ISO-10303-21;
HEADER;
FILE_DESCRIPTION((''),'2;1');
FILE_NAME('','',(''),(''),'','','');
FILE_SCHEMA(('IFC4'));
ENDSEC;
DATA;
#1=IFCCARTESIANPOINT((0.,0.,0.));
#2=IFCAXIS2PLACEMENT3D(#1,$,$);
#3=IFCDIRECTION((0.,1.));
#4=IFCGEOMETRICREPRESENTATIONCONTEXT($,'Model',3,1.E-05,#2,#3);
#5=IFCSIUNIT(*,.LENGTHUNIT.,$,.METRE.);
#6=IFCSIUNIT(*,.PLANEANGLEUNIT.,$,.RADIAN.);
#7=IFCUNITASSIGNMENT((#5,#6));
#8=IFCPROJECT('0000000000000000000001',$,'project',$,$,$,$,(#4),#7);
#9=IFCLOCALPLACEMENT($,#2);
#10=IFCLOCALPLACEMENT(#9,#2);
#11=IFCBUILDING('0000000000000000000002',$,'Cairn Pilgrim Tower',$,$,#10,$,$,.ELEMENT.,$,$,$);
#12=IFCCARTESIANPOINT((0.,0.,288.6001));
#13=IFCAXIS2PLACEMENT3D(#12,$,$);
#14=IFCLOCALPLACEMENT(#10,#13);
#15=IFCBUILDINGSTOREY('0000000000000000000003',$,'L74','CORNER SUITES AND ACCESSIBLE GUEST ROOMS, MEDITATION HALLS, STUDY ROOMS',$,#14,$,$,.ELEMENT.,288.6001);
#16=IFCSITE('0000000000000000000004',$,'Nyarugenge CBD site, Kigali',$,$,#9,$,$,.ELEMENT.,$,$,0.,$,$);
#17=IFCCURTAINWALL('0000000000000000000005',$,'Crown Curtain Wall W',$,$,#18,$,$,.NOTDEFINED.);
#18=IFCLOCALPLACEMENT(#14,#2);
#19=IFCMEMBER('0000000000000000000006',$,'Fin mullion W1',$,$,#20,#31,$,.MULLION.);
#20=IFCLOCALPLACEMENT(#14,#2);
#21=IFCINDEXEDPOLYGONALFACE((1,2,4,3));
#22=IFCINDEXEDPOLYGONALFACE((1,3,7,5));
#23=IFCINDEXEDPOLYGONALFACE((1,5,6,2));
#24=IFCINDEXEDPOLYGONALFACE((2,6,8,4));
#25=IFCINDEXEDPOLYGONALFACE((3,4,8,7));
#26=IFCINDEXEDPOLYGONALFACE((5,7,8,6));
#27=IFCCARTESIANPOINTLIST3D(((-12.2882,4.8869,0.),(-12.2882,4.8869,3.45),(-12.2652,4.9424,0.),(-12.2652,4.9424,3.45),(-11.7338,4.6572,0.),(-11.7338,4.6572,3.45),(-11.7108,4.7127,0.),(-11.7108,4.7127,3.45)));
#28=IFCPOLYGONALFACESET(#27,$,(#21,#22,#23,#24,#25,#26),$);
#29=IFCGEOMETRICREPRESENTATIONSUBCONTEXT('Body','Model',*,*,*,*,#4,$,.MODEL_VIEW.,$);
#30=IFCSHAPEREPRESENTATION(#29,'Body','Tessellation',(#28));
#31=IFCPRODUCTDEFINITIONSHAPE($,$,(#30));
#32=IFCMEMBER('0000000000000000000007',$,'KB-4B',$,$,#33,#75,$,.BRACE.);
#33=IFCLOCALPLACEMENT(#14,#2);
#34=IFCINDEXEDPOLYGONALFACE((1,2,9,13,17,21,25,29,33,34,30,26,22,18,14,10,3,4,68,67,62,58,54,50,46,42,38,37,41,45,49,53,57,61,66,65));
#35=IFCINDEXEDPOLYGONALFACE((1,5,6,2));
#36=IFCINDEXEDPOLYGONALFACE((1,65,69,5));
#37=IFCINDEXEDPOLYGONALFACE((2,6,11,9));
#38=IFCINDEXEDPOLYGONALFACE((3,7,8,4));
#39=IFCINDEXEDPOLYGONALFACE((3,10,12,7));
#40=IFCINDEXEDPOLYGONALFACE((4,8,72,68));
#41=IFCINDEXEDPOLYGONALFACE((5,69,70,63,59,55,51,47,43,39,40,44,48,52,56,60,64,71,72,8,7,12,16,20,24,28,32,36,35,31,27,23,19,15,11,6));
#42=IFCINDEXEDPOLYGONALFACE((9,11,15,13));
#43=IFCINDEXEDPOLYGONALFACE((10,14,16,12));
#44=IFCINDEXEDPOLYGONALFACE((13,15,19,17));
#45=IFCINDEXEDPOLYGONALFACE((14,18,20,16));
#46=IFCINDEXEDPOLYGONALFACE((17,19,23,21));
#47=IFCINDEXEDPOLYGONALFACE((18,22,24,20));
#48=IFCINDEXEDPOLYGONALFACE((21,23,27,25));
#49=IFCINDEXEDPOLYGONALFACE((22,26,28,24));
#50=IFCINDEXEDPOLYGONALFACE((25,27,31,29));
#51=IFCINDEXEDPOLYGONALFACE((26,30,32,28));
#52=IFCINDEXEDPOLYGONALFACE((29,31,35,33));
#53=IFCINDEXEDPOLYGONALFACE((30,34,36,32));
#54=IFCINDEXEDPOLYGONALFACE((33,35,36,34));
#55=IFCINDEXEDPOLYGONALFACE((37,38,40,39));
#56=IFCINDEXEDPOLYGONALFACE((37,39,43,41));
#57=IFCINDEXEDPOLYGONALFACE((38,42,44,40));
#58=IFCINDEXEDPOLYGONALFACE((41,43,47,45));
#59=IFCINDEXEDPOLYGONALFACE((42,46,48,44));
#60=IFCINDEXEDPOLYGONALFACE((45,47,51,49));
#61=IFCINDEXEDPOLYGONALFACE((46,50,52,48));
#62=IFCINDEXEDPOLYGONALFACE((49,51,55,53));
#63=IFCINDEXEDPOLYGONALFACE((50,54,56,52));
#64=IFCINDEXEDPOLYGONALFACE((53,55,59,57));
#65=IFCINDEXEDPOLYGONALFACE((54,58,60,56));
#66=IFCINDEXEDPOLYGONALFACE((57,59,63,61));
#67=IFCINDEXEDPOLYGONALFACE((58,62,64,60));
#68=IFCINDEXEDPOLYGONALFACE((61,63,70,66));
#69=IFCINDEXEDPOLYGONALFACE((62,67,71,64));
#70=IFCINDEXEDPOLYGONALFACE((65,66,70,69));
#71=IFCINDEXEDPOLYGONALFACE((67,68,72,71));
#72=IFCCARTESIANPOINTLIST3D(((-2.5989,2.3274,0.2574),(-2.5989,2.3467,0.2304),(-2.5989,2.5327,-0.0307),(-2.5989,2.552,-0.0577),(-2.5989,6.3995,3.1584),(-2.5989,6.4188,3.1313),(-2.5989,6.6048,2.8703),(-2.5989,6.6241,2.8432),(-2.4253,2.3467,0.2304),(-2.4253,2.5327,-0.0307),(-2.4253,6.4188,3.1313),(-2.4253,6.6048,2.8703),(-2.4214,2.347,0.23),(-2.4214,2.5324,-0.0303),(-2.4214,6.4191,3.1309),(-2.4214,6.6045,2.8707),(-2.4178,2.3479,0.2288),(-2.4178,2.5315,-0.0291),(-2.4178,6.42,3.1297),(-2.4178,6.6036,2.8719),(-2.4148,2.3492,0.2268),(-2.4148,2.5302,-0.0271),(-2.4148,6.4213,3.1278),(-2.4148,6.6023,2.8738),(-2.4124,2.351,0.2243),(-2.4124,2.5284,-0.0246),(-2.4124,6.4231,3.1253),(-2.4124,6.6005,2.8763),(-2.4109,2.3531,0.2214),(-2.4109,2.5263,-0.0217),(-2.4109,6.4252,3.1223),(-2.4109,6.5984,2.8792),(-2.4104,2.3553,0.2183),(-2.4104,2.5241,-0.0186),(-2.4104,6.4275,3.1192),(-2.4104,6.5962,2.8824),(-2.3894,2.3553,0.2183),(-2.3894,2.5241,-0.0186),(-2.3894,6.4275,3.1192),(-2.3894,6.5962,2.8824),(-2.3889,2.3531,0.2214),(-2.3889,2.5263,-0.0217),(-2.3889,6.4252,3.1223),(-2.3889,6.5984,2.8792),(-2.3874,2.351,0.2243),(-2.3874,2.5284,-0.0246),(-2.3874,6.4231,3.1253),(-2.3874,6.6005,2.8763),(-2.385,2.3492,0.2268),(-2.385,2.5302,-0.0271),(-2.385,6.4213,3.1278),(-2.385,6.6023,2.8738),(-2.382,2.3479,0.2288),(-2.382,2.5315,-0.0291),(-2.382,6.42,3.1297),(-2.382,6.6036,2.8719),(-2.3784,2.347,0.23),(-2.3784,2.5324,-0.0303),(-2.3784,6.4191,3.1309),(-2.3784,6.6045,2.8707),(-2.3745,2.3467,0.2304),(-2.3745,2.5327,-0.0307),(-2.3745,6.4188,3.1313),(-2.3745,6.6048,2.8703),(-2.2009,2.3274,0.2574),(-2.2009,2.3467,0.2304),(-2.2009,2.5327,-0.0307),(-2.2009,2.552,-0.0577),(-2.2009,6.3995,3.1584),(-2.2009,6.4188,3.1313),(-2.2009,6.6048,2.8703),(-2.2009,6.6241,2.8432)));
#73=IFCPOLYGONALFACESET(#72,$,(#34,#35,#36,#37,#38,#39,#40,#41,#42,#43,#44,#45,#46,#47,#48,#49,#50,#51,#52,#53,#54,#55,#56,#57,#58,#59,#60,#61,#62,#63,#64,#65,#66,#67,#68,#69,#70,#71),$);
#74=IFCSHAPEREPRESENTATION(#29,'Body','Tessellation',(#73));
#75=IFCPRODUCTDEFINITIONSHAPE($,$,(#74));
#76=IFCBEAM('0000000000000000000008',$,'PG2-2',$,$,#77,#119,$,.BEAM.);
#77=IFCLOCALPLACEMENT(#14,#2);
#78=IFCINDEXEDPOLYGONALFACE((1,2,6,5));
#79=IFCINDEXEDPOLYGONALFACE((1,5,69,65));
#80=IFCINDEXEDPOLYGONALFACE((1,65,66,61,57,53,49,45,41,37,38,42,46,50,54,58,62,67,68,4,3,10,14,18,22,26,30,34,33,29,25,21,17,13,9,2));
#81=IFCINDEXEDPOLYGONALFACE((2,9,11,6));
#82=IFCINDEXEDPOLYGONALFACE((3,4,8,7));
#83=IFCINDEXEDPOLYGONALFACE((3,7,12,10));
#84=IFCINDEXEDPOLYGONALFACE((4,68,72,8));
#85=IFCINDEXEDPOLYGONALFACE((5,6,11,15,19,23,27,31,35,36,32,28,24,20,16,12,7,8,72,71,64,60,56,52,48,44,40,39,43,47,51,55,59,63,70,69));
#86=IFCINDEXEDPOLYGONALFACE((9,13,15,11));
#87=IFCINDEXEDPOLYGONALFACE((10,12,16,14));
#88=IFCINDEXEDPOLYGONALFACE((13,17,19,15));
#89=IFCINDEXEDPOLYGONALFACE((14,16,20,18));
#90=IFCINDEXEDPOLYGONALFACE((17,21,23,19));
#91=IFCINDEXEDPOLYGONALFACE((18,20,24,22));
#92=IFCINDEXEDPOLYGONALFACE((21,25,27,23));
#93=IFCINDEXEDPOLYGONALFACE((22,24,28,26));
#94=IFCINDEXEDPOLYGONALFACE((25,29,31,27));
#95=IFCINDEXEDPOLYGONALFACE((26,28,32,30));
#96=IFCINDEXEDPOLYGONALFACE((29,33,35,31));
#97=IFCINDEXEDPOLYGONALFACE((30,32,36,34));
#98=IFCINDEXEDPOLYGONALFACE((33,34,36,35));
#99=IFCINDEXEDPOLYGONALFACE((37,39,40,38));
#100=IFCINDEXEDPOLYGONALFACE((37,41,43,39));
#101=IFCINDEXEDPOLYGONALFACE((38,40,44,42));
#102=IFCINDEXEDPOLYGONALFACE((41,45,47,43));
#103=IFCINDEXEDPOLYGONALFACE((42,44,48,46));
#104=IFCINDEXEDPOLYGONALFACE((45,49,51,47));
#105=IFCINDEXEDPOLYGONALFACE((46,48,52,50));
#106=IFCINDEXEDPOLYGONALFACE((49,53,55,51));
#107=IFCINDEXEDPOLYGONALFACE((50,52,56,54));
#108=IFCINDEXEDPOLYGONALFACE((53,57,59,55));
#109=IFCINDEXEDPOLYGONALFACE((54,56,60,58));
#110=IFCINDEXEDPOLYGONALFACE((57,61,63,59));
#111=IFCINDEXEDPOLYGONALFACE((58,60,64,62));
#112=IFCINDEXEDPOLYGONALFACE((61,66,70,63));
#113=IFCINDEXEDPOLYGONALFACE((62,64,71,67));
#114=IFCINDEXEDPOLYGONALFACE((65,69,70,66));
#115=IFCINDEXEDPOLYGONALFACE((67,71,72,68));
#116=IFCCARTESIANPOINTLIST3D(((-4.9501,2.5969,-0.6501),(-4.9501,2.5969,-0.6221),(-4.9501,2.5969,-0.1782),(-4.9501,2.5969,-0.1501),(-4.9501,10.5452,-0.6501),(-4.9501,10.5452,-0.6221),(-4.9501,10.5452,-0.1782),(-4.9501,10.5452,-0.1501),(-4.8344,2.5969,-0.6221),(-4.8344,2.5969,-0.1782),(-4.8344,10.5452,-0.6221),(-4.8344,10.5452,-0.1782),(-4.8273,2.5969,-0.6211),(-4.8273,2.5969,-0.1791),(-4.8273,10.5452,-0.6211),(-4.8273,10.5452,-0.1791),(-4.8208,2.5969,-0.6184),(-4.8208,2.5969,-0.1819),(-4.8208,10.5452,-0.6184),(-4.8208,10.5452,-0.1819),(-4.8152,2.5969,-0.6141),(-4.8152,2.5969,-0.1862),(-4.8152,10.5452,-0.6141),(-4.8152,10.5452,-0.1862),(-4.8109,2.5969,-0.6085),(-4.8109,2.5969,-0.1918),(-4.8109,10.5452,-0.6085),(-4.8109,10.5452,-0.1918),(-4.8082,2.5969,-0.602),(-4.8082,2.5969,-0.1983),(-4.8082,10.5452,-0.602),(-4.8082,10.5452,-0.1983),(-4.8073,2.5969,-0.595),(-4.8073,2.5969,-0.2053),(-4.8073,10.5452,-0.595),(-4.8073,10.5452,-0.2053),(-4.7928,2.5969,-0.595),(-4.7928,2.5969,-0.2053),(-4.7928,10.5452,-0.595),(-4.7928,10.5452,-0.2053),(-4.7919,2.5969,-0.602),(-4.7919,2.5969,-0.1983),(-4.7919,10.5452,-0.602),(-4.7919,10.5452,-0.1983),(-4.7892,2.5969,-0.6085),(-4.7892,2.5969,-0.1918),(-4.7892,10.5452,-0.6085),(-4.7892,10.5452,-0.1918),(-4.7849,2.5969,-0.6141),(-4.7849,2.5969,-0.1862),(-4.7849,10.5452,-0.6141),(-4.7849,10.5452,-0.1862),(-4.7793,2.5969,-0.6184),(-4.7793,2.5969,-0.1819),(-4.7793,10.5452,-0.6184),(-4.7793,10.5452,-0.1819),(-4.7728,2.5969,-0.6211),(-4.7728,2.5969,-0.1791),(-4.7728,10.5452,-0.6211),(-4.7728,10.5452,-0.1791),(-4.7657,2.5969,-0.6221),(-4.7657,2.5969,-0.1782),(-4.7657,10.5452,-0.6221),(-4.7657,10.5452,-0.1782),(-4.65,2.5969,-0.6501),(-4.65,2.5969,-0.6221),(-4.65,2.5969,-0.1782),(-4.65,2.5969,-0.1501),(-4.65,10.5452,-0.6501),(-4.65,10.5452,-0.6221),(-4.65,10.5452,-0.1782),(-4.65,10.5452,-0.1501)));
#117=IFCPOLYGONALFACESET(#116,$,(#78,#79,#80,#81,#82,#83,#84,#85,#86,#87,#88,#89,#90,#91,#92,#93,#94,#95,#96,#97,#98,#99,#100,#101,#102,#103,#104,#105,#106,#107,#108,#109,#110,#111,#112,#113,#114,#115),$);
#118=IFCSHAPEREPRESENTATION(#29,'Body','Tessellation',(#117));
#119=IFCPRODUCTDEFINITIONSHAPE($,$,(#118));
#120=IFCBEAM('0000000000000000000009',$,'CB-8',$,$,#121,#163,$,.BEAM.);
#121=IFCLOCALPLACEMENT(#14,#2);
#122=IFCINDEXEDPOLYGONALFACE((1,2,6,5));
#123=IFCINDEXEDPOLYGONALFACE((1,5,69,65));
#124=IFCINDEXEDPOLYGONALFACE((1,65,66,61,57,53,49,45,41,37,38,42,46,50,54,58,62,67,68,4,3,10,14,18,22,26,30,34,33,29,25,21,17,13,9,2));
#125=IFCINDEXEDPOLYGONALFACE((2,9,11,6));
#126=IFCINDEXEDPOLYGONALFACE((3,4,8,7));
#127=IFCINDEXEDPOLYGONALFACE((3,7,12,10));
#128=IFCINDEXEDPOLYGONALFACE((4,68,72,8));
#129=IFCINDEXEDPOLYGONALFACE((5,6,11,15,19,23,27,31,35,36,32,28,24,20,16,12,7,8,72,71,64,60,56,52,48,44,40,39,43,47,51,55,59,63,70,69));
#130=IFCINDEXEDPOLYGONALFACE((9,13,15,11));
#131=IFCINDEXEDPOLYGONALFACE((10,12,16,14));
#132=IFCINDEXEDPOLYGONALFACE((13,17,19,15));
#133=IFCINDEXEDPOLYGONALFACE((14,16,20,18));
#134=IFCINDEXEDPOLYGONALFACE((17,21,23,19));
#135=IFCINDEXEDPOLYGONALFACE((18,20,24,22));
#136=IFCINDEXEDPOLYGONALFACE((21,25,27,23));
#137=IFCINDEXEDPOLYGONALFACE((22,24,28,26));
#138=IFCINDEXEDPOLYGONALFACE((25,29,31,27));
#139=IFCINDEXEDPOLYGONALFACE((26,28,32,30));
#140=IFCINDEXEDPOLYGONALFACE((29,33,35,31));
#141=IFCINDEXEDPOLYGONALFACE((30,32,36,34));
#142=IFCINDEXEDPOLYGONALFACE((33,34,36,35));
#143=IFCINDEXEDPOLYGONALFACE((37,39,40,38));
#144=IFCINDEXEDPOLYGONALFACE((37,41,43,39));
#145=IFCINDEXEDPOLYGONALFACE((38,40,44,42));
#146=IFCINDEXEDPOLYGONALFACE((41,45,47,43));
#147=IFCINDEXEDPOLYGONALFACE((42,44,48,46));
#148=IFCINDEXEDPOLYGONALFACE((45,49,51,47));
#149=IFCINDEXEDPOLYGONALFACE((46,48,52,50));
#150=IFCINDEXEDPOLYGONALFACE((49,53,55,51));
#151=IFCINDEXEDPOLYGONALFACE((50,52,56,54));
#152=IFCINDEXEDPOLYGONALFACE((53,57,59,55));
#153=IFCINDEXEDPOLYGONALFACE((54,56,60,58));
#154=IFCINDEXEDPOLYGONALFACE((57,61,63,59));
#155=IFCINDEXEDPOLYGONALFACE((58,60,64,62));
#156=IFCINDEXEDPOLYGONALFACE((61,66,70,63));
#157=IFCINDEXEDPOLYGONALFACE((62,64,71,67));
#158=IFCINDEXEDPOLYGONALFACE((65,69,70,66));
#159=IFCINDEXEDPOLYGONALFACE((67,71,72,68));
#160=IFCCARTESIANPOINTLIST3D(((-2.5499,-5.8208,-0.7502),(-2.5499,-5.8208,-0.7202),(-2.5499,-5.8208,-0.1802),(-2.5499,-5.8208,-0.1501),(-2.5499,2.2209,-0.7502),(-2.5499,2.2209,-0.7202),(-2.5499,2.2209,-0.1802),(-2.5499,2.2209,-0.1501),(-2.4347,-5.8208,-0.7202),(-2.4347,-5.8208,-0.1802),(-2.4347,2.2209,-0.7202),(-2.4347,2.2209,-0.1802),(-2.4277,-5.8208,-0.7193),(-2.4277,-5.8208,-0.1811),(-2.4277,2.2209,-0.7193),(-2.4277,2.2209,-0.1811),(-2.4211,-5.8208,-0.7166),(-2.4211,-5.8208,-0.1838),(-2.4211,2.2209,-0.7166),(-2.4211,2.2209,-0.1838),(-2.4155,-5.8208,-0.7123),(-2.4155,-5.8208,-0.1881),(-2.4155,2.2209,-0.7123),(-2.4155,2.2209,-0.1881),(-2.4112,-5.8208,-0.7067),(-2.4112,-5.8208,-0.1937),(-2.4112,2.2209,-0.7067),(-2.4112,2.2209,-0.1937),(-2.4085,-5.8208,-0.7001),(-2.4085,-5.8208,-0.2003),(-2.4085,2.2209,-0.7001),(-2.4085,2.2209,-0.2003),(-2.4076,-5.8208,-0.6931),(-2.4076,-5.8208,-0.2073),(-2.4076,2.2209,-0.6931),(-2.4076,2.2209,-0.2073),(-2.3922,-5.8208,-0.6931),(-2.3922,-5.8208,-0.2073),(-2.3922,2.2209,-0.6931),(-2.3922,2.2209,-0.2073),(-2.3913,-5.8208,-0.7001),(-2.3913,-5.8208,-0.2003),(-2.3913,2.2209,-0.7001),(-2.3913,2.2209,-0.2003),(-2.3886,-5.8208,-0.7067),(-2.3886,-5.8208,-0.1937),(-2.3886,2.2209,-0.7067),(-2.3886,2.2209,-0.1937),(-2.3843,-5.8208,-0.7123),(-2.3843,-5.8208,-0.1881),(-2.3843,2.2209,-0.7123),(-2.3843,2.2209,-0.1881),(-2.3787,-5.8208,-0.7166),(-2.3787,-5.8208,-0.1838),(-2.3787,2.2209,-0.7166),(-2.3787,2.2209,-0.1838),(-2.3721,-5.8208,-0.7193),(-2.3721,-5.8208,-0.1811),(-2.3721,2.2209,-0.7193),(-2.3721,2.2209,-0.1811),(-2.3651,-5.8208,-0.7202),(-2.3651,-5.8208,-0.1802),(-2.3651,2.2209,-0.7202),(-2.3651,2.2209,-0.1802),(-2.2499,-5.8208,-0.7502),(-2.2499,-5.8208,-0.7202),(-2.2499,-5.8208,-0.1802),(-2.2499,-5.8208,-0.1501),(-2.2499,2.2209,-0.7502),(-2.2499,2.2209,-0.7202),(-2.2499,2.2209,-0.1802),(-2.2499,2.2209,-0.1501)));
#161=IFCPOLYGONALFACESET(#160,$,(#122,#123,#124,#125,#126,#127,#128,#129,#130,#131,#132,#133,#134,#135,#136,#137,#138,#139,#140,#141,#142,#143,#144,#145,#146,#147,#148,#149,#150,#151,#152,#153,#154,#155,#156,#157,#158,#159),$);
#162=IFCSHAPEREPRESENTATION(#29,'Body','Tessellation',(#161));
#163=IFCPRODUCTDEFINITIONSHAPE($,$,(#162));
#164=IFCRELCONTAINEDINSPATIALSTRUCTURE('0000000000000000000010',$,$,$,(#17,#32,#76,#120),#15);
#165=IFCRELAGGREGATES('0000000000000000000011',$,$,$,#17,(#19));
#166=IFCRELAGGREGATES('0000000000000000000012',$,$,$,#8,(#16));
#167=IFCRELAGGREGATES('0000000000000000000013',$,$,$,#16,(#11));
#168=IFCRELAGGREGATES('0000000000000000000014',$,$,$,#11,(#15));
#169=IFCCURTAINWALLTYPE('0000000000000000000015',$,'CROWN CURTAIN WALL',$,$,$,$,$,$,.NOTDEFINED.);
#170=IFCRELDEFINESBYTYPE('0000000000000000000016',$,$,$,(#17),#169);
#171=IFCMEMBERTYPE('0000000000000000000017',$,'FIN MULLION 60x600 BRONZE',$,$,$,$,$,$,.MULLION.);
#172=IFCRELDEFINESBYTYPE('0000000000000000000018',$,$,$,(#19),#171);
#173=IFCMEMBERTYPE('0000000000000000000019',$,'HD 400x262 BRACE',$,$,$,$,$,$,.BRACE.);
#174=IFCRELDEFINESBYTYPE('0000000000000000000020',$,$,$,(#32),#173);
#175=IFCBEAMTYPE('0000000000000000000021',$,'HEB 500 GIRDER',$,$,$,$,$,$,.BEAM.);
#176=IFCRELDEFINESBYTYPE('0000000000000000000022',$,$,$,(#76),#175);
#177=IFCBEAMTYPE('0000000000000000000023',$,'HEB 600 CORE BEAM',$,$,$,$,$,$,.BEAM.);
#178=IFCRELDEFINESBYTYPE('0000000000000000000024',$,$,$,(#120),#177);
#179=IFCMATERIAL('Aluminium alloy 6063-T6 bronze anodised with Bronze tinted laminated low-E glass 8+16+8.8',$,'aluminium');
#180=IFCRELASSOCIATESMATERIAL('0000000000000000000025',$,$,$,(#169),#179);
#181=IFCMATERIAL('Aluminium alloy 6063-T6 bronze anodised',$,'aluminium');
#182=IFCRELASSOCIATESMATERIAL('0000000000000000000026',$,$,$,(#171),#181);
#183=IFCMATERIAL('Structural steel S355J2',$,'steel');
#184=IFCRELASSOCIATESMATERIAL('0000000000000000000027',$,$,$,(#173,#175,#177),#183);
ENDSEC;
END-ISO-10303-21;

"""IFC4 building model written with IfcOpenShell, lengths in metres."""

from ifc_helpers import new_model, si_unit, direction, frame, origin, origin_2d, place, context, subcontext, project, spatial, rectangle, i_section, extrude, material, material_profile, profile_set, type_object, element, aggregate, save


model = new_model("IFC4")

# Units and contexts
model_context = context("Model", 3, precision=1e-05, world=origin(), true_north=direction((0.0, 1.0)))
body_context = subcontext(model_context, "Body", "Model", "MODEL_VIEW")
ifc_project = project(units=[si_unit("LENGTHUNIT", "METRE"), si_unit("PLANEANGLEUNIT", "RADIAN")], contexts=[model_context])

# Site, building, storey
site_placement = place(None, origin())
site = spatial("IfcSite", under=ifc_project, at=site_placement, Name="Nyarugenge CBD site, Kigali", CompositionType="ELEMENT", RefElevation=0.0)
building_placement = place(site_placement, origin())
building = spatial("IfcBuilding", under=site, at=building_placement, Name="Cairn Pilgrim Tower", CompositionType="ELEMENT")
storey_placement = place(building_placement, frame((0.0, 0.0, 288.6001)))
storey = spatial("IfcBuildingStorey", under=building, at=storey_placement, Name="L74", Description="CORNER SUITES AND ACCESSIBLE GUEST ROOMS, MEDITATION HALLS, STUDY ROOMS", CompositionType="ELEMENT", Elevation=288.6001)

# Shared definitions
ifc_material_1 = material(Name="Structural steel S355J2", Category="steel")

# Curtain wall, member
ifc_material_2 = material(Name="Aluminium alloy 6063-T6 bronze anodised with Bronze tinted laminated low-E glass 8+16+8.8", Category="aluminium")
curtain_wall_type = type_object("IfcCurtainWallType", Name="CROWN CURTAIN WALL", PredefinedType="NOTDEFINED", material=ifc_material_2)
ifc_material_3 = material(Name="Aluminium alloy 6063-T6 bronze anodised", Category="aluminium")
ifc_material_profile_1 = material_profile(ifc_material_3, rectangle(XDim=0.6001, YDim=0.0601, at=origin_2d()), Name="FIN MULLION 60x600 BRONZE")
ifc_profile_set_1 = profile_set([ifc_material_profile_1], Name="Aluminium alloy 6063-T6 bronze anodised")
member_type_1 = type_object("IfcMemberType", Name="FIN MULLION 60x600 BRONZE", PredefinedType="MULLION", material=ifc_profile_set_1)
curtain_wall_1_placement = place(storey_placement, origin())
curtain_wall_1 = element("IfcCurtainWall", 1, at=curtain_wall_1_placement, inside=storey, type_object=curtain_wall_type, Name="Crown Curtain Wall W", PredefinedType="NOTDEFINED")
member_1_placement = place(storey_placement, frame((-11.9995, 4.7998, 0.0), z_axis=(0.0, 0.0, 1.0), x_axis=(-0.92388, 0.382683, 0.0)))
member_1 = element("IfcMember", 2, at=member_1_placement, type_object=member_type_1, Name="Fin mullion W1", PredefinedType="MULLION", context=body_context, shape_type="SweptSolid", body=[
    extrude(rectangle(XDim=0.6001, YDim=0.0601, at=origin_2d()), origin(), (0.0, 0.0, 1.0), 3.45),
])

# Member
ifc_material_profile_2 = material_profile(ifc_material_1, i_section(OverallWidth=0.3979, OverallDepth=0.387, WebThickness=0.021, FlangeThickness=0.0332, FilletRadius=0.0149, at=origin_2d()), Name="HD 400x262")
ifc_profile_set_2 = profile_set([ifc_material_profile_2], Name="Structural steel S355J2")
member_type_2 = type_object("IfcMemberType", Name="HD 400x262 BRACE", PredefinedType="BRACE", material=ifc_profile_set_2)
member_2_placement = place(storey_placement, frame((-2.3999, 2.4397, 0.0999), z_axis=(0.0, 0.814462, 0.580217), x_axis=(-1.0, 0.0, 0.0)))
element("IfcMember", 3, at=member_2_placement, inside=storey, type_object=member_type_2, Name="KB-4B", PredefinedType="BRACE", context=body_context, shape_type="SweptSolid", body=[
    extrude(i_section(OverallWidth=0.3979, OverallDepth=0.387, WebThickness=0.021, FlangeThickness=0.0332, FilletRadius=0.0149, at=origin_2d()), origin(), (0.0, 0.0, 1.0), 4.9998),
])

# Beams
ifc_material_profile_3 = material_profile(ifc_material_1, i_section(OverallWidth=0.3, OverallDepth=0.5, WebThickness=0.0144, FlangeThickness=0.0281, FilletRadius=0.0271, at=origin_2d()), Name="HEB 500")
ifc_profile_set_3 = profile_set([ifc_material_profile_3], Name="Structural steel S355J2")
beam_type_1 = type_object("IfcBeamType", Name="HEB 500 GIRDER", PredefinedType="BEAM", material=ifc_profile_set_3)
beam_1_placement = place(storey_placement, frame((-4.8, 2.5969, -0.4001), z_axis=(0.0, 1.0, 0.0), x_axis=(-1.0, 0.0, 0.0)))
element("IfcBeam", 4, at=beam_1_placement, inside=storey, type_object=beam_type_1, Name="PG2-2", PredefinedType="BEAM", context=body_context, shape_type="SweptSolid", body=[
    extrude(i_section(OverallWidth=0.3, OverallDepth=0.5, WebThickness=0.0144, FlangeThickness=0.0281, FilletRadius=0.0271, at=origin_2d()), origin(), (0.0, 0.0, 1.0), 7.9482),
])
ifc_material_profile_4 = material_profile(ifc_material_1, i_section(OverallWidth=0.3, OverallDepth=0.6001, WebThickness=0.0154, FlangeThickness=0.03, FilletRadius=0.0271, at=origin_2d()), Name="HEB 600")
ifc_profile_set_4 = profile_set([ifc_material_profile_4], Name="Structural steel S355J2")
beam_type_2 = type_object("IfcBeamType", Name="HEB 600 CORE BEAM", PredefinedType="BEAM", material=ifc_profile_set_4)
beam_2_placement = place(storey_placement, frame((-2.3999, 2.2209, -0.4502), z_axis=(0.0, -1.0, 0.0), x_axis=(1.0, 0.0, 0.0)))
element("IfcBeam", 5, at=beam_2_placement, inside=storey, type_object=beam_type_2, Name="CB-8", PredefinedType="BEAM", context=body_context, shape_type="SweptSolid", body=[
    extrude(i_section(OverallWidth=0.3, OverallDepth=0.6001, WebThickness=0.0154, FlangeThickness=0.03, FilletRadius=0.0271, at=origin_2d()), origin(), (0.0, 0.0, 1.0), 8.0417),
])

aggregate(curtain_wall_1, [member_1])

save(model, "model.ifc")
